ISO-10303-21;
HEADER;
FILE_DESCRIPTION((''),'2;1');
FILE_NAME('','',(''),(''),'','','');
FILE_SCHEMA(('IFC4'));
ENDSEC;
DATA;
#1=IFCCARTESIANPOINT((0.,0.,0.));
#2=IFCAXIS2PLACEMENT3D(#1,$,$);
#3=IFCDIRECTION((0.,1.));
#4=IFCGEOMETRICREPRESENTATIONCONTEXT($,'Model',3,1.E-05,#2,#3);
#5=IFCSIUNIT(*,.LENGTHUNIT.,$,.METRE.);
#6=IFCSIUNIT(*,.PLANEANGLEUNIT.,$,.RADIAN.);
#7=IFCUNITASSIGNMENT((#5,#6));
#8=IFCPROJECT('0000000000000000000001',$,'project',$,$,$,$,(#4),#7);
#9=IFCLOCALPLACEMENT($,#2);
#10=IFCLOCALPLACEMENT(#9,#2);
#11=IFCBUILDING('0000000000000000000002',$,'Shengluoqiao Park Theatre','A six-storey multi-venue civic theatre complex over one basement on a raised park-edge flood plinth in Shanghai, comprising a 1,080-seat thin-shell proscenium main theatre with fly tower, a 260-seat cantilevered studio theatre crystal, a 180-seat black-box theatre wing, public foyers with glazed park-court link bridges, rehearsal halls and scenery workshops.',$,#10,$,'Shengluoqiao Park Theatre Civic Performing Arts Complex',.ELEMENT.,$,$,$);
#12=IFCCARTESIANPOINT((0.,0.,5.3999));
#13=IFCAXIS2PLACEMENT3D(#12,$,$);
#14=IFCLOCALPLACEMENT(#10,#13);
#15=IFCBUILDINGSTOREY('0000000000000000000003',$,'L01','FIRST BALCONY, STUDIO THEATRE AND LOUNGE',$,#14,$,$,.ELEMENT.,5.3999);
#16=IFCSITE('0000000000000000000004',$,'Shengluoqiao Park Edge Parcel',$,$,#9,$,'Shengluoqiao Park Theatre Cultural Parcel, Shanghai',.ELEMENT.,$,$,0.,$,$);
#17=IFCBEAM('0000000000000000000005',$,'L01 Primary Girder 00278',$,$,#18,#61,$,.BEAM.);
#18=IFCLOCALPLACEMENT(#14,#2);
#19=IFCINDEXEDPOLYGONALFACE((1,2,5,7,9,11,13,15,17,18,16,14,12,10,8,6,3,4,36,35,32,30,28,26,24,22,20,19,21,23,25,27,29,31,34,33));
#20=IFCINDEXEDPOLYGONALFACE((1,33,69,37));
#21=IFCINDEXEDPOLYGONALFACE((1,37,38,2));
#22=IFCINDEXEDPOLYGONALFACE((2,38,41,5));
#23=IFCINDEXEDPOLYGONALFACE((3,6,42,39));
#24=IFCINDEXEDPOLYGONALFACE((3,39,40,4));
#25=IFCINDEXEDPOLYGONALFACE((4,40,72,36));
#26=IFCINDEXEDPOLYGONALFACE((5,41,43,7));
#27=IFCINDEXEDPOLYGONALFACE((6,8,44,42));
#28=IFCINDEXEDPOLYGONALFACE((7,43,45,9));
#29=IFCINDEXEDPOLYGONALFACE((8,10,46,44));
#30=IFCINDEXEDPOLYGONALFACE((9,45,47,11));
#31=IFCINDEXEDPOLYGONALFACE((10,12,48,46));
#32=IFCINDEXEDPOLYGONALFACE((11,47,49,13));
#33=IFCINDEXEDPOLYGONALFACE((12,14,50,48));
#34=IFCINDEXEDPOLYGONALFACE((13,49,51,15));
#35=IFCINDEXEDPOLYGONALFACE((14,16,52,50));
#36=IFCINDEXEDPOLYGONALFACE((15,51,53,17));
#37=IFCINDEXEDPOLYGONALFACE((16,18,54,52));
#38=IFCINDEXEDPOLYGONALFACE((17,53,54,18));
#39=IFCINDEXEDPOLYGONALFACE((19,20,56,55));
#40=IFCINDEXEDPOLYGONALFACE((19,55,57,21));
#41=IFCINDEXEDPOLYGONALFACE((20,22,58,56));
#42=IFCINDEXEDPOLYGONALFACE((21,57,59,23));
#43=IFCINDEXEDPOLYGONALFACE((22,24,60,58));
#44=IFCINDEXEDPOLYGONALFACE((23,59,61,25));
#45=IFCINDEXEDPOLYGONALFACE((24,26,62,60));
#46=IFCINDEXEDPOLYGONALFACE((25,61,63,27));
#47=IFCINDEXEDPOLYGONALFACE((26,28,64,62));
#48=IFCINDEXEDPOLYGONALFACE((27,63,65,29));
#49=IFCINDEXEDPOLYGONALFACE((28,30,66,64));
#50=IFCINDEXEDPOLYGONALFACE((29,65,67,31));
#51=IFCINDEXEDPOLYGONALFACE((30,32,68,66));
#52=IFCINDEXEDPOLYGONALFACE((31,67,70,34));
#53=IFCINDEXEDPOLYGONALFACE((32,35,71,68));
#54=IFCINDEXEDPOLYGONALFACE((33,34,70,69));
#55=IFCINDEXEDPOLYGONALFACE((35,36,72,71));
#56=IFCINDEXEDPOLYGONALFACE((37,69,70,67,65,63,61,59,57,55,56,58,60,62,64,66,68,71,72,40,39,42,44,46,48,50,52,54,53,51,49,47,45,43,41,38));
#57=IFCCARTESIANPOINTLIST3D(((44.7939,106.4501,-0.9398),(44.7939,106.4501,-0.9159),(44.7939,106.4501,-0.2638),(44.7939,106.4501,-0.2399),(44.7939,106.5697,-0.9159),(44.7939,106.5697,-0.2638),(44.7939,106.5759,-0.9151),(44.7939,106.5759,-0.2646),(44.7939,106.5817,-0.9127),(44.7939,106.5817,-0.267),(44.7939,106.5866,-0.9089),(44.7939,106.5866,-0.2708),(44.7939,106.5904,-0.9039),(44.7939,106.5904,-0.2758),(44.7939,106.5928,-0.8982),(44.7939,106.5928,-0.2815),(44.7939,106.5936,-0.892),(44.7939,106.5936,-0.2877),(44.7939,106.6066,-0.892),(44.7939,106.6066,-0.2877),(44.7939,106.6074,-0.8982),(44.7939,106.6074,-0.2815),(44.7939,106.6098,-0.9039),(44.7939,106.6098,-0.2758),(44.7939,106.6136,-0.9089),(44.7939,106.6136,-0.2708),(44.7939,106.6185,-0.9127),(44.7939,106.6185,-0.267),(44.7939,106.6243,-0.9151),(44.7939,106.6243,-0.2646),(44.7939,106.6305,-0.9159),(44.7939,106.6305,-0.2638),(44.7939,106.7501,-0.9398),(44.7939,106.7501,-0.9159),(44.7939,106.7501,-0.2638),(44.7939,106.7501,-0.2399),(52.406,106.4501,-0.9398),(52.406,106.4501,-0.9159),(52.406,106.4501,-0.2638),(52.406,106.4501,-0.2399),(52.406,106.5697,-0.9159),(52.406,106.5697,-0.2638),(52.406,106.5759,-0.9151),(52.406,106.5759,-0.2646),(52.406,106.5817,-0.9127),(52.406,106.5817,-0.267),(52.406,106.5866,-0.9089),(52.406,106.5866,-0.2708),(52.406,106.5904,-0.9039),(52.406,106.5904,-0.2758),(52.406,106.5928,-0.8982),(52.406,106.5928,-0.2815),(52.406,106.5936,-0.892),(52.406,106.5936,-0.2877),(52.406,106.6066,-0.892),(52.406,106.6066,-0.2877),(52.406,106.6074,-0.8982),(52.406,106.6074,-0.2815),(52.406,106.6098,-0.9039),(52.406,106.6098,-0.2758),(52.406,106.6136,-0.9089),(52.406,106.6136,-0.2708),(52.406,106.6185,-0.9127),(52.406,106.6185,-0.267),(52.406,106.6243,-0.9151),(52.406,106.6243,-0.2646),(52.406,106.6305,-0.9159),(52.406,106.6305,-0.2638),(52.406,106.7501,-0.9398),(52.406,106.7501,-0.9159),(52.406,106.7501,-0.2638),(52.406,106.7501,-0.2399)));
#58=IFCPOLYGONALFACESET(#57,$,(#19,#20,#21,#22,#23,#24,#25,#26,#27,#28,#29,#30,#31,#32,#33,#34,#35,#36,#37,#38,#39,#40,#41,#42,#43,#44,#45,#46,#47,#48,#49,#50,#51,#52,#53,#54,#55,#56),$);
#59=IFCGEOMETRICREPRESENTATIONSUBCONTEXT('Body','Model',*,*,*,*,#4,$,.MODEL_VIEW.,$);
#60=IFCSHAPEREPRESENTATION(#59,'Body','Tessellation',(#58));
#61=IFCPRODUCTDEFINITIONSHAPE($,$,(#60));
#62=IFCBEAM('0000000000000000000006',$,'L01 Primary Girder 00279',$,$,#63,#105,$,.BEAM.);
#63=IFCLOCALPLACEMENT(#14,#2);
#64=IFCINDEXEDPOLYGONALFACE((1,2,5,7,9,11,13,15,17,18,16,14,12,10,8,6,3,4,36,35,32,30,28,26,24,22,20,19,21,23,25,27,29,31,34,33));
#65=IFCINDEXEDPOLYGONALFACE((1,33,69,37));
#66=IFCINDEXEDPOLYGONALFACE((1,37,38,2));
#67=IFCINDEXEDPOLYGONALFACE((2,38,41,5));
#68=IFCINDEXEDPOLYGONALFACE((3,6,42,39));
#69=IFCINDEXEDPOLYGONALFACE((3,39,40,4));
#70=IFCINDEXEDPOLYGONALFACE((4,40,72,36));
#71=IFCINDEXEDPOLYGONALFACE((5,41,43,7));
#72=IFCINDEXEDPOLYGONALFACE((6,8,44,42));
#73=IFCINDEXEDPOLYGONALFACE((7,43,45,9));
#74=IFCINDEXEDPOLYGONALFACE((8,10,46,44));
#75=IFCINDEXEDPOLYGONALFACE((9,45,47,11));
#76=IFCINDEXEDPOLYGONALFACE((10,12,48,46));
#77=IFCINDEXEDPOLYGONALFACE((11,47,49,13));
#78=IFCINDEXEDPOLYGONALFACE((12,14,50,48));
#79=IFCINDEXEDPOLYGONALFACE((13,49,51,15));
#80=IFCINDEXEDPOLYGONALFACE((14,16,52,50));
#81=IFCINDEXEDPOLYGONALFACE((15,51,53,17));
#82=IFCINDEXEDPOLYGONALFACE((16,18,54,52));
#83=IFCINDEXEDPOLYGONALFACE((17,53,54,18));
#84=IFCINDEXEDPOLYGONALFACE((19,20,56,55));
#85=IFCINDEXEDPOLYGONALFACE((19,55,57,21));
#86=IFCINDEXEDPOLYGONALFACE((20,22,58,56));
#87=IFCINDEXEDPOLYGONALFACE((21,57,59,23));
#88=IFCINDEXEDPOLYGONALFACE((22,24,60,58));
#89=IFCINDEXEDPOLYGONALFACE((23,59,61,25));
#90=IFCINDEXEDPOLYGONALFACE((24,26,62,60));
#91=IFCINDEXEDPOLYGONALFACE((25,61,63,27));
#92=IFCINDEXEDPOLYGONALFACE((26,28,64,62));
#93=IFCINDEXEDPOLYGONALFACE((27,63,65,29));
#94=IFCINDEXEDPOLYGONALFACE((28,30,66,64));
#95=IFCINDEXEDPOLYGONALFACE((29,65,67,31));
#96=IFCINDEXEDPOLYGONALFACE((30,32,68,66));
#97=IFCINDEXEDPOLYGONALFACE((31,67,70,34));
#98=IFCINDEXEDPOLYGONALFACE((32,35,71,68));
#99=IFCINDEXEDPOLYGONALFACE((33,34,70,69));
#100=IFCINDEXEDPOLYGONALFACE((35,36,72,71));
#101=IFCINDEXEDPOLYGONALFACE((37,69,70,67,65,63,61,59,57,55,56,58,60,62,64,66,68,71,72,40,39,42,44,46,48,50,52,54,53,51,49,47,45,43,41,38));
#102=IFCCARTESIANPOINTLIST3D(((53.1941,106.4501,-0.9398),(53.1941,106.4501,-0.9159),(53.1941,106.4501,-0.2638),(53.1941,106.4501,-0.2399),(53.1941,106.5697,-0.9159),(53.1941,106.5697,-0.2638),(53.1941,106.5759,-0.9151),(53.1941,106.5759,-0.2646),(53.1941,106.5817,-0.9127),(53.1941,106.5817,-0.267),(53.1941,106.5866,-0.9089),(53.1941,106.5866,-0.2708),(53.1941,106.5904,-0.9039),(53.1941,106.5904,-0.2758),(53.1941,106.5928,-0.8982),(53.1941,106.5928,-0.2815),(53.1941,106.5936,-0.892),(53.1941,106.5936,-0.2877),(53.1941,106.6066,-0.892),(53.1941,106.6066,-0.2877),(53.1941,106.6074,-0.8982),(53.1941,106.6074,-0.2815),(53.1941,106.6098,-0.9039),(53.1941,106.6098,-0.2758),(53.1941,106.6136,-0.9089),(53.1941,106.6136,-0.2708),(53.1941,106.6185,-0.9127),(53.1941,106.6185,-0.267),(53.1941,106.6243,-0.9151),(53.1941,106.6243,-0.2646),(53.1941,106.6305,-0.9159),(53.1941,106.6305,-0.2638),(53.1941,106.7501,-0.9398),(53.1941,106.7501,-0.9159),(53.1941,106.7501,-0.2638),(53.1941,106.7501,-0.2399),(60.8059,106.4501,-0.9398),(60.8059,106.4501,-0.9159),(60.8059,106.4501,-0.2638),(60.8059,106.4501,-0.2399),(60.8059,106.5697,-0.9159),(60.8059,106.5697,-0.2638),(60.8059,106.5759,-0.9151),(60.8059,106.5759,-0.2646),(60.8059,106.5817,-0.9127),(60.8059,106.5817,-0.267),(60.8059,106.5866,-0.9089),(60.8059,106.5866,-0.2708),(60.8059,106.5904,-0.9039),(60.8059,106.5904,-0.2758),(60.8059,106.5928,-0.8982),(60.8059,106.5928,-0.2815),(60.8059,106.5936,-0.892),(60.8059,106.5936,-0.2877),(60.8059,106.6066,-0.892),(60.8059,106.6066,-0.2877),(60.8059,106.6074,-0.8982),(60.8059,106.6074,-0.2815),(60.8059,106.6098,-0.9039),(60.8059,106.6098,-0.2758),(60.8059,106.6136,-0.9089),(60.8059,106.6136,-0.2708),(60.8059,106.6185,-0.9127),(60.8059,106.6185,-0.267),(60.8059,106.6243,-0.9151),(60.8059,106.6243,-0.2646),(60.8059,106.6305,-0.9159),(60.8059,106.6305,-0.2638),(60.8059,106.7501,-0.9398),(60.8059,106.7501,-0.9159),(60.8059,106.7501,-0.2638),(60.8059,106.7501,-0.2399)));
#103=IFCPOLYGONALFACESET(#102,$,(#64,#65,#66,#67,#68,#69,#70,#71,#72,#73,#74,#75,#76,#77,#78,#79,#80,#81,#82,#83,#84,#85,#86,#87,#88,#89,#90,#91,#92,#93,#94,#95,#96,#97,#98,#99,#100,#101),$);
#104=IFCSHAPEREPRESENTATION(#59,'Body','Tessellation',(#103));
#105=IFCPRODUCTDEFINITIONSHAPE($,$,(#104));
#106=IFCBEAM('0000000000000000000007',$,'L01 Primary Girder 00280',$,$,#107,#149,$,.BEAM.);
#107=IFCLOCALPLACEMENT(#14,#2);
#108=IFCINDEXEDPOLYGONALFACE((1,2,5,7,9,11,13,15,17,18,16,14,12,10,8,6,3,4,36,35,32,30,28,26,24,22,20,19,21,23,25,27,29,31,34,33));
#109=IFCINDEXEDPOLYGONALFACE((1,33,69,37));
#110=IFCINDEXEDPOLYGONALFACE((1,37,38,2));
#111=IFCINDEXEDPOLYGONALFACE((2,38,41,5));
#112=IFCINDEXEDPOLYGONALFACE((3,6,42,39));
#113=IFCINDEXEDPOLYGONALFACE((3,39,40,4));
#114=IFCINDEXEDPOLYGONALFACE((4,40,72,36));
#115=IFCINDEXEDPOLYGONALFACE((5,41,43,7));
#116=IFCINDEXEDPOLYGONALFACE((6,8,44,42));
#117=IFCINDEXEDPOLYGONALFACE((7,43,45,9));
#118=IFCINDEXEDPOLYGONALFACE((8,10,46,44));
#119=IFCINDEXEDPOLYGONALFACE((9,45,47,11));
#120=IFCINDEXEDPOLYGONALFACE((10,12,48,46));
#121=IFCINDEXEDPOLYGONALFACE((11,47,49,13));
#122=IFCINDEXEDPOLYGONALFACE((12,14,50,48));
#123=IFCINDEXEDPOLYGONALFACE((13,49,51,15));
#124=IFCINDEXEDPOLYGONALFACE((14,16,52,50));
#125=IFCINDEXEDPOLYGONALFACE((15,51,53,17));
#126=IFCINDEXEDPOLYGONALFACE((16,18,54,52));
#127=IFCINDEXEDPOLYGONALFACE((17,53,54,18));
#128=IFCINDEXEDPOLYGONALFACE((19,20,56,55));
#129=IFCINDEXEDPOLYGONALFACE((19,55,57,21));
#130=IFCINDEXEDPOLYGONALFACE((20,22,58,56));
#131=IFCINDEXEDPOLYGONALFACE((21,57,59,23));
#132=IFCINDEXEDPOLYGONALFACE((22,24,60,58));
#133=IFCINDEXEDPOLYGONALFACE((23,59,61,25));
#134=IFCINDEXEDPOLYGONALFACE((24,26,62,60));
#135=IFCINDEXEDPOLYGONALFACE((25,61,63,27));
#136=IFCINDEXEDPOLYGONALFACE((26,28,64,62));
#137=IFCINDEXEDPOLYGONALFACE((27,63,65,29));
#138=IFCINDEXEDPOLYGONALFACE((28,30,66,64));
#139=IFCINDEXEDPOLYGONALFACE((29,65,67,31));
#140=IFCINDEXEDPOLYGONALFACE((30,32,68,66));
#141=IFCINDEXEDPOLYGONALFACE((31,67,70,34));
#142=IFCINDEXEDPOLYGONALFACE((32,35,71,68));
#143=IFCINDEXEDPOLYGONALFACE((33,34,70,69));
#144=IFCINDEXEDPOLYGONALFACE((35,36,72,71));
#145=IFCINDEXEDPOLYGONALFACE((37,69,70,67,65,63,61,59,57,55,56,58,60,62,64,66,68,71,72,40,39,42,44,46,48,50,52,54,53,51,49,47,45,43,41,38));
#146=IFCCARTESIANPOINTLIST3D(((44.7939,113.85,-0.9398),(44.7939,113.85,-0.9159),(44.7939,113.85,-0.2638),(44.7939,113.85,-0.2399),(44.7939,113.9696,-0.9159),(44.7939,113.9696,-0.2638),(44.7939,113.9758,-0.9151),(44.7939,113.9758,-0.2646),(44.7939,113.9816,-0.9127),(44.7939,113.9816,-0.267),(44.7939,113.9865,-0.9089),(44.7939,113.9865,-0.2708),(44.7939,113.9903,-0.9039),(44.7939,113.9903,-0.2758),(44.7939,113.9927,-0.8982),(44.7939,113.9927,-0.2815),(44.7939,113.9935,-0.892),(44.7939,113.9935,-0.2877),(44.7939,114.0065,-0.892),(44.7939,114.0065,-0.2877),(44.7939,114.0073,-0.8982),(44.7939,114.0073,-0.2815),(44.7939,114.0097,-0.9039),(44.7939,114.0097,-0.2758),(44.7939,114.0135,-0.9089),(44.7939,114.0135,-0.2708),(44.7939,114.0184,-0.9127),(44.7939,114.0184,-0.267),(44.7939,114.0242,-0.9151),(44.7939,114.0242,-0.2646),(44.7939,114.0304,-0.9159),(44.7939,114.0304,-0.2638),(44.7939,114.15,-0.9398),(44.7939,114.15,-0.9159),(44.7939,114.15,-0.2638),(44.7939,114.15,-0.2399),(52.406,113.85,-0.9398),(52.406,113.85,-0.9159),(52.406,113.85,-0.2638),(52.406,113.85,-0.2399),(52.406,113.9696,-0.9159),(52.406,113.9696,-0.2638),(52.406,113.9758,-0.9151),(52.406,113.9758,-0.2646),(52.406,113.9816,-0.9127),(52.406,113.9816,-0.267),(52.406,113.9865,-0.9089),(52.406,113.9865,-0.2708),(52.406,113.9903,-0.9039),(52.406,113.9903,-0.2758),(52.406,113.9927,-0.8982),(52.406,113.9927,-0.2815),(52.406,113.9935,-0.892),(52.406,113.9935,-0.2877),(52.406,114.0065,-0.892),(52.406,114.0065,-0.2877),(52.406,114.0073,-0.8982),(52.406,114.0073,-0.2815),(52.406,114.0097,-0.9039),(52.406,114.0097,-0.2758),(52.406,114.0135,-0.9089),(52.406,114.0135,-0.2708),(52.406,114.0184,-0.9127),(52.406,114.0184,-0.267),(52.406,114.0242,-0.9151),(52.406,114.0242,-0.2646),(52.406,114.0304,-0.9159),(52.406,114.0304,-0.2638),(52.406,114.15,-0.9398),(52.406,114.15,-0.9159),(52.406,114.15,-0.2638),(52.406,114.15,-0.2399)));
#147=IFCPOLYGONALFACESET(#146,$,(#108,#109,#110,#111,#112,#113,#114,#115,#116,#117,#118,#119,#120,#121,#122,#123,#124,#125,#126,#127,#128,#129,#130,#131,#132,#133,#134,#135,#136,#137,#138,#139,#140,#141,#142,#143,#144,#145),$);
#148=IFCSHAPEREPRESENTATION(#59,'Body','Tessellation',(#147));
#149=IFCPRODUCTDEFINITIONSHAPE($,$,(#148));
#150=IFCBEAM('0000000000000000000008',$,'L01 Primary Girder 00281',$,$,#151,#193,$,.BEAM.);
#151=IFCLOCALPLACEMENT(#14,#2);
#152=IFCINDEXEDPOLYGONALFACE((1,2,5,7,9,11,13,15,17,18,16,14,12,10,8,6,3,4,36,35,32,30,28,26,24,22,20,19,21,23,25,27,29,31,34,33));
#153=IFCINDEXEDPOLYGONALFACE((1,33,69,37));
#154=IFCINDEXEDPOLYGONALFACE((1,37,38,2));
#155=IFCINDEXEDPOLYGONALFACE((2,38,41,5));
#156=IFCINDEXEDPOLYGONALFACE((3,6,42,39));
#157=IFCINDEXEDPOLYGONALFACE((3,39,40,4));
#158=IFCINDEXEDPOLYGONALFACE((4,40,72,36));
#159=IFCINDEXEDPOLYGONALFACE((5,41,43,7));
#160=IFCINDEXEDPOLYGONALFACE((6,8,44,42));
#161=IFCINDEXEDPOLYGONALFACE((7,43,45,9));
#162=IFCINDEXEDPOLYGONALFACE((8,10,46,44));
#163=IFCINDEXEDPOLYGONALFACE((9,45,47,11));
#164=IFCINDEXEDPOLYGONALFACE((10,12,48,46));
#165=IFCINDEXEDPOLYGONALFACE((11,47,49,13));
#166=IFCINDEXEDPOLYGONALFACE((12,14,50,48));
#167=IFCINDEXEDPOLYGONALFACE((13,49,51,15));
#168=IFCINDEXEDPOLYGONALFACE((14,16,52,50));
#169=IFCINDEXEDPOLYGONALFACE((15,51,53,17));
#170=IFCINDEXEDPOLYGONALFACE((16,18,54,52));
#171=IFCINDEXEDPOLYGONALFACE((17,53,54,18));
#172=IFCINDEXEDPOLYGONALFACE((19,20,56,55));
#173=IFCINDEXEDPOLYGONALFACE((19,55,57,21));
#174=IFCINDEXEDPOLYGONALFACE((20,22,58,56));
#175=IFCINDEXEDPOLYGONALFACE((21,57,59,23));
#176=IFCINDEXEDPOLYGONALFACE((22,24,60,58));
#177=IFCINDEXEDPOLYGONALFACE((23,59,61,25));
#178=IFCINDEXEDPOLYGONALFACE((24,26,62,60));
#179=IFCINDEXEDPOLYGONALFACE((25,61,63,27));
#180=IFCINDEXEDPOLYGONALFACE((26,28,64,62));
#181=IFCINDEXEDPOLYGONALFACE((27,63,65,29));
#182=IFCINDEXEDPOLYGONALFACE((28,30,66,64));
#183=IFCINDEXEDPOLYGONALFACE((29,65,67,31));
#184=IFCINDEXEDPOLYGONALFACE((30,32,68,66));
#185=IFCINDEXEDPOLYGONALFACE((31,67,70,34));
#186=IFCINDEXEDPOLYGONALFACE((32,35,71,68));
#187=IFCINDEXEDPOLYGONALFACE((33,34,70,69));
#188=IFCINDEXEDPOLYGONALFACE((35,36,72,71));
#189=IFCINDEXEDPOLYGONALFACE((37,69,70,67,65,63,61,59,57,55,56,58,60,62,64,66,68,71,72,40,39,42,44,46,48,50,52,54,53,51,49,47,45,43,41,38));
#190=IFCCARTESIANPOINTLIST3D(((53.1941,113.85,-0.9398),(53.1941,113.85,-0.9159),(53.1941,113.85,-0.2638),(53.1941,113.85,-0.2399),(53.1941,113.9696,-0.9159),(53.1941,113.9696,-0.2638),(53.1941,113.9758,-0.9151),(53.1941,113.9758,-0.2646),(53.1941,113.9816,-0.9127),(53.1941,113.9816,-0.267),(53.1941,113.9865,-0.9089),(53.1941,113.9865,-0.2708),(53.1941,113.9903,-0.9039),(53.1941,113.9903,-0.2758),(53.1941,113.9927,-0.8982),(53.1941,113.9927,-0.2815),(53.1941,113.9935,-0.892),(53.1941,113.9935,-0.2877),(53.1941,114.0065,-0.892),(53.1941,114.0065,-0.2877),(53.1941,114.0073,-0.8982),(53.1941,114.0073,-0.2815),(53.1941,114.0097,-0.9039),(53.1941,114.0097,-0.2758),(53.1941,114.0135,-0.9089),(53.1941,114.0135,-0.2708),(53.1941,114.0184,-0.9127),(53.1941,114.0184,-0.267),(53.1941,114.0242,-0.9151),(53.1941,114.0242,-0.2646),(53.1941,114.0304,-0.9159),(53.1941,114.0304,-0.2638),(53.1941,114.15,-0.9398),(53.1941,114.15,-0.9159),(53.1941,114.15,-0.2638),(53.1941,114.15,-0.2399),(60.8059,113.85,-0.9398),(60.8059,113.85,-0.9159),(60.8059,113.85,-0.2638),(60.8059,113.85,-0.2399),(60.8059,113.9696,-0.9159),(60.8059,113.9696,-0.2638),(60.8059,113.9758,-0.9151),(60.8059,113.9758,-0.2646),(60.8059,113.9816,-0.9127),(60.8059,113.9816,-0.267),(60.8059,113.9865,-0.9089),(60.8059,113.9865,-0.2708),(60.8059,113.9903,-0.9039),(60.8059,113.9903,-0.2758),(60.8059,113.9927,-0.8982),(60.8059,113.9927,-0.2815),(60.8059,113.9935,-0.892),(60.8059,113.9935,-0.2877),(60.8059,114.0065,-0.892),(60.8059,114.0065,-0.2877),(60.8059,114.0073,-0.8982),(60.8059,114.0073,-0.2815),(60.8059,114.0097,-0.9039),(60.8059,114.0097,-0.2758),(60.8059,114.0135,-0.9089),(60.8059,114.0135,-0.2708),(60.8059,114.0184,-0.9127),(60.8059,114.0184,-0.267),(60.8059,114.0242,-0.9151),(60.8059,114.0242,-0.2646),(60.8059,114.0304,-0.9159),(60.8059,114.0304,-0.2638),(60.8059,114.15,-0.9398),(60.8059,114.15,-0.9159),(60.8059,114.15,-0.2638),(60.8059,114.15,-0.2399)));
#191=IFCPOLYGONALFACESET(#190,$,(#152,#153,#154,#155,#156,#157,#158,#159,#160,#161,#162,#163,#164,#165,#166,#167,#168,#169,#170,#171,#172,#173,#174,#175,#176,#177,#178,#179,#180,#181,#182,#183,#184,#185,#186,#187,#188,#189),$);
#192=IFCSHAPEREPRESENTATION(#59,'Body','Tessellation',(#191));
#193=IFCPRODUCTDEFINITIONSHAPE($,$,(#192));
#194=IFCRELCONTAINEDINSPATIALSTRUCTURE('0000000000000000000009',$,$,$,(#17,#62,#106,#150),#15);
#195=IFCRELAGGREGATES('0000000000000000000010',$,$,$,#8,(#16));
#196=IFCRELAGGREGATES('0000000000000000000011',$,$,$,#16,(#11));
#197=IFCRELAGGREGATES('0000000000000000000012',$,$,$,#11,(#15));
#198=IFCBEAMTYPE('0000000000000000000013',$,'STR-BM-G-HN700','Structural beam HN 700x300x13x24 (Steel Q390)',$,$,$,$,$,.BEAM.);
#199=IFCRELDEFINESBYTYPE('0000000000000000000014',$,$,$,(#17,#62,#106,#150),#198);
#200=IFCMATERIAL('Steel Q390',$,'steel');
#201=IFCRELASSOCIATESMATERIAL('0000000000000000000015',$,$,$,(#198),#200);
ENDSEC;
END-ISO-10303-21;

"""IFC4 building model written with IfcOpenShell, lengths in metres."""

from ifc_helpers import new_model, si_unit, direction, frame, origin, origin_2d, place, context, subcontext, project, spatial, i_section, extrude, material, material_profile, profile_set, type_object, element, save


model = new_model("IFC4")

# Units and contexts
model_context = context("Model", 3, precision=1e-05, world=origin(), true_north=direction((0.0, 1.0)))
body_context = subcontext(model_context, "Body", "Model", "MODEL_VIEW")
ifc_project = project(units=[si_unit("LENGTHUNIT", "METRE"), si_unit("PLANEANGLEUNIT", "RADIAN")], contexts=[model_context])

# Site, building, storey
site_placement = place(None, origin())
site = spatial("IfcSite", under=ifc_project, at=site_placement, Name="Shengluoqiao Park Edge Parcel", LongName="Shengluoqiao Park Theatre Cultural Parcel, Shanghai", CompositionType="ELEMENT", RefElevation=0.0)
building_placement = place(site_placement, origin())
building = spatial("IfcBuilding", under=site, at=building_placement, Name="Shengluoqiao Park Theatre", Description="A six-storey multi-venue civic theatre complex over one basement on a raised park-edge flood plinth in Shanghai, comprising a 1,080-seat thin-shell proscenium main theatre with fly tower, a 260-seat cantilevered studio theatre crystal, a 180-seat black-box theatre wing, public foyers with glazed park-court link bridges, rehearsal halls and scenery workshops.", LongName="Shengluoqiao Park Theatre Civic Performing Arts Complex", CompositionType="ELEMENT")
storey_placement = place(building_placement, frame((0.0, 0.0, 5.3999)))
storey = spatial("IfcBuildingStorey", under=building, at=storey_placement, Name="L01", Description="FIRST BALCONY, STUDIO THEATRE AND LOUNGE", CompositionType="ELEMENT", Elevation=5.3999)

# Beams
ifc_material_1 = material(Name="Steel Q390", Category="steel")
ifc_material_profile_1 = material_profile(ifc_material_1, i_section(OverallWidth=0.3, OverallDepth=0.7, WebThickness=0.0129, FlangeThickness=0.0239, FilletRadius=0.0239, at=origin_2d()), Name="HN 700x300x13x24")
ifc_profile_set_1 = profile_set([ifc_material_profile_1], Name="Steel Q390")
beam_type_1 = type_object("IfcBeamType", Name="STR-BM-G-HN700", Description="Structural beam HN 700x300x13x24 (Steel Q390)", PredefinedType="BEAM", material=ifc_profile_set_1)
beam_1_placement = place(storey_placement, frame((44.7939, 106.6001, -0.5898), z_axis=(1.0, 0.0, 0.0), x_axis=(0.0, 1.0, 0.0)))
element("IfcBeam", 1, at=beam_1_placement, inside=storey, type_object=beam_type_1, Name="L01 Primary Girder 00278", PredefinedType="BEAM", context=body_context, shape_type="SweptSolid", body=[
    extrude(i_section(OverallWidth=0.3, OverallDepth=0.7, WebThickness=0.0129, FlangeThickness=0.0239, FilletRadius=0.0239, at=origin_2d()), origin(), (0.0, 0.0, 1.0), 7.6121),
])
beam_2_placement = place(storey_placement, frame((53.1941, 106.6001, -0.5898), z_axis=(1.0, 0.0, 0.0), x_axis=(0.0, 1.0, 0.0)))
element("IfcBeam", 2, at=beam_2_placement, inside=storey, type_object=beam_type_1, Name="L01 Primary Girder 00279", PredefinedType="BEAM", context=body_context, shape_type="SweptSolid", body=[
    extrude(i_section(OverallWidth=0.3, OverallDepth=0.7, WebThickness=0.0129, FlangeThickness=0.0239, FilletRadius=0.0239, at=origin_2d()), origin(), (0.0, 0.0, 1.0), 7.6118),
])
beam_3_placement = place(storey_placement, frame((44.7939, 114.0, -0.5898), z_axis=(1.0, 0.0, 0.0), x_axis=(0.0, 1.0, 0.0)))
element("IfcBeam", 3, at=beam_3_placement, inside=storey, type_object=beam_type_1, Name="L01 Primary Girder 00280", PredefinedType="BEAM", context=body_context, shape_type="SweptSolid", body=[
    extrude(i_section(OverallWidth=0.3, OverallDepth=0.7, WebThickness=0.0129, FlangeThickness=0.0239, FilletRadius=0.0239, at=origin_2d()), origin(), (0.0, 0.0, 1.0), 7.6121),
])
beam_4_placement = place(storey_placement, frame((53.1941, 114.0, -0.5898), z_axis=(1.0, 0.0, 0.0), x_axis=(0.0, 1.0, 0.0)))
element("IfcBeam", 4, at=beam_4_placement, inside=storey, type_object=beam_type_1, Name="L01 Primary Girder 00281", PredefinedType="BEAM", context=body_context, shape_type="SweptSolid", body=[
    extrude(i_section(OverallWidth=0.3, OverallDepth=0.7, WebThickness=0.0129, FlangeThickness=0.0239, FilletRadius=0.0239, at=origin_2d()), origin(), (0.0, 0.0, 1.0), 7.6118),
])

save(model, "model.ifc")
